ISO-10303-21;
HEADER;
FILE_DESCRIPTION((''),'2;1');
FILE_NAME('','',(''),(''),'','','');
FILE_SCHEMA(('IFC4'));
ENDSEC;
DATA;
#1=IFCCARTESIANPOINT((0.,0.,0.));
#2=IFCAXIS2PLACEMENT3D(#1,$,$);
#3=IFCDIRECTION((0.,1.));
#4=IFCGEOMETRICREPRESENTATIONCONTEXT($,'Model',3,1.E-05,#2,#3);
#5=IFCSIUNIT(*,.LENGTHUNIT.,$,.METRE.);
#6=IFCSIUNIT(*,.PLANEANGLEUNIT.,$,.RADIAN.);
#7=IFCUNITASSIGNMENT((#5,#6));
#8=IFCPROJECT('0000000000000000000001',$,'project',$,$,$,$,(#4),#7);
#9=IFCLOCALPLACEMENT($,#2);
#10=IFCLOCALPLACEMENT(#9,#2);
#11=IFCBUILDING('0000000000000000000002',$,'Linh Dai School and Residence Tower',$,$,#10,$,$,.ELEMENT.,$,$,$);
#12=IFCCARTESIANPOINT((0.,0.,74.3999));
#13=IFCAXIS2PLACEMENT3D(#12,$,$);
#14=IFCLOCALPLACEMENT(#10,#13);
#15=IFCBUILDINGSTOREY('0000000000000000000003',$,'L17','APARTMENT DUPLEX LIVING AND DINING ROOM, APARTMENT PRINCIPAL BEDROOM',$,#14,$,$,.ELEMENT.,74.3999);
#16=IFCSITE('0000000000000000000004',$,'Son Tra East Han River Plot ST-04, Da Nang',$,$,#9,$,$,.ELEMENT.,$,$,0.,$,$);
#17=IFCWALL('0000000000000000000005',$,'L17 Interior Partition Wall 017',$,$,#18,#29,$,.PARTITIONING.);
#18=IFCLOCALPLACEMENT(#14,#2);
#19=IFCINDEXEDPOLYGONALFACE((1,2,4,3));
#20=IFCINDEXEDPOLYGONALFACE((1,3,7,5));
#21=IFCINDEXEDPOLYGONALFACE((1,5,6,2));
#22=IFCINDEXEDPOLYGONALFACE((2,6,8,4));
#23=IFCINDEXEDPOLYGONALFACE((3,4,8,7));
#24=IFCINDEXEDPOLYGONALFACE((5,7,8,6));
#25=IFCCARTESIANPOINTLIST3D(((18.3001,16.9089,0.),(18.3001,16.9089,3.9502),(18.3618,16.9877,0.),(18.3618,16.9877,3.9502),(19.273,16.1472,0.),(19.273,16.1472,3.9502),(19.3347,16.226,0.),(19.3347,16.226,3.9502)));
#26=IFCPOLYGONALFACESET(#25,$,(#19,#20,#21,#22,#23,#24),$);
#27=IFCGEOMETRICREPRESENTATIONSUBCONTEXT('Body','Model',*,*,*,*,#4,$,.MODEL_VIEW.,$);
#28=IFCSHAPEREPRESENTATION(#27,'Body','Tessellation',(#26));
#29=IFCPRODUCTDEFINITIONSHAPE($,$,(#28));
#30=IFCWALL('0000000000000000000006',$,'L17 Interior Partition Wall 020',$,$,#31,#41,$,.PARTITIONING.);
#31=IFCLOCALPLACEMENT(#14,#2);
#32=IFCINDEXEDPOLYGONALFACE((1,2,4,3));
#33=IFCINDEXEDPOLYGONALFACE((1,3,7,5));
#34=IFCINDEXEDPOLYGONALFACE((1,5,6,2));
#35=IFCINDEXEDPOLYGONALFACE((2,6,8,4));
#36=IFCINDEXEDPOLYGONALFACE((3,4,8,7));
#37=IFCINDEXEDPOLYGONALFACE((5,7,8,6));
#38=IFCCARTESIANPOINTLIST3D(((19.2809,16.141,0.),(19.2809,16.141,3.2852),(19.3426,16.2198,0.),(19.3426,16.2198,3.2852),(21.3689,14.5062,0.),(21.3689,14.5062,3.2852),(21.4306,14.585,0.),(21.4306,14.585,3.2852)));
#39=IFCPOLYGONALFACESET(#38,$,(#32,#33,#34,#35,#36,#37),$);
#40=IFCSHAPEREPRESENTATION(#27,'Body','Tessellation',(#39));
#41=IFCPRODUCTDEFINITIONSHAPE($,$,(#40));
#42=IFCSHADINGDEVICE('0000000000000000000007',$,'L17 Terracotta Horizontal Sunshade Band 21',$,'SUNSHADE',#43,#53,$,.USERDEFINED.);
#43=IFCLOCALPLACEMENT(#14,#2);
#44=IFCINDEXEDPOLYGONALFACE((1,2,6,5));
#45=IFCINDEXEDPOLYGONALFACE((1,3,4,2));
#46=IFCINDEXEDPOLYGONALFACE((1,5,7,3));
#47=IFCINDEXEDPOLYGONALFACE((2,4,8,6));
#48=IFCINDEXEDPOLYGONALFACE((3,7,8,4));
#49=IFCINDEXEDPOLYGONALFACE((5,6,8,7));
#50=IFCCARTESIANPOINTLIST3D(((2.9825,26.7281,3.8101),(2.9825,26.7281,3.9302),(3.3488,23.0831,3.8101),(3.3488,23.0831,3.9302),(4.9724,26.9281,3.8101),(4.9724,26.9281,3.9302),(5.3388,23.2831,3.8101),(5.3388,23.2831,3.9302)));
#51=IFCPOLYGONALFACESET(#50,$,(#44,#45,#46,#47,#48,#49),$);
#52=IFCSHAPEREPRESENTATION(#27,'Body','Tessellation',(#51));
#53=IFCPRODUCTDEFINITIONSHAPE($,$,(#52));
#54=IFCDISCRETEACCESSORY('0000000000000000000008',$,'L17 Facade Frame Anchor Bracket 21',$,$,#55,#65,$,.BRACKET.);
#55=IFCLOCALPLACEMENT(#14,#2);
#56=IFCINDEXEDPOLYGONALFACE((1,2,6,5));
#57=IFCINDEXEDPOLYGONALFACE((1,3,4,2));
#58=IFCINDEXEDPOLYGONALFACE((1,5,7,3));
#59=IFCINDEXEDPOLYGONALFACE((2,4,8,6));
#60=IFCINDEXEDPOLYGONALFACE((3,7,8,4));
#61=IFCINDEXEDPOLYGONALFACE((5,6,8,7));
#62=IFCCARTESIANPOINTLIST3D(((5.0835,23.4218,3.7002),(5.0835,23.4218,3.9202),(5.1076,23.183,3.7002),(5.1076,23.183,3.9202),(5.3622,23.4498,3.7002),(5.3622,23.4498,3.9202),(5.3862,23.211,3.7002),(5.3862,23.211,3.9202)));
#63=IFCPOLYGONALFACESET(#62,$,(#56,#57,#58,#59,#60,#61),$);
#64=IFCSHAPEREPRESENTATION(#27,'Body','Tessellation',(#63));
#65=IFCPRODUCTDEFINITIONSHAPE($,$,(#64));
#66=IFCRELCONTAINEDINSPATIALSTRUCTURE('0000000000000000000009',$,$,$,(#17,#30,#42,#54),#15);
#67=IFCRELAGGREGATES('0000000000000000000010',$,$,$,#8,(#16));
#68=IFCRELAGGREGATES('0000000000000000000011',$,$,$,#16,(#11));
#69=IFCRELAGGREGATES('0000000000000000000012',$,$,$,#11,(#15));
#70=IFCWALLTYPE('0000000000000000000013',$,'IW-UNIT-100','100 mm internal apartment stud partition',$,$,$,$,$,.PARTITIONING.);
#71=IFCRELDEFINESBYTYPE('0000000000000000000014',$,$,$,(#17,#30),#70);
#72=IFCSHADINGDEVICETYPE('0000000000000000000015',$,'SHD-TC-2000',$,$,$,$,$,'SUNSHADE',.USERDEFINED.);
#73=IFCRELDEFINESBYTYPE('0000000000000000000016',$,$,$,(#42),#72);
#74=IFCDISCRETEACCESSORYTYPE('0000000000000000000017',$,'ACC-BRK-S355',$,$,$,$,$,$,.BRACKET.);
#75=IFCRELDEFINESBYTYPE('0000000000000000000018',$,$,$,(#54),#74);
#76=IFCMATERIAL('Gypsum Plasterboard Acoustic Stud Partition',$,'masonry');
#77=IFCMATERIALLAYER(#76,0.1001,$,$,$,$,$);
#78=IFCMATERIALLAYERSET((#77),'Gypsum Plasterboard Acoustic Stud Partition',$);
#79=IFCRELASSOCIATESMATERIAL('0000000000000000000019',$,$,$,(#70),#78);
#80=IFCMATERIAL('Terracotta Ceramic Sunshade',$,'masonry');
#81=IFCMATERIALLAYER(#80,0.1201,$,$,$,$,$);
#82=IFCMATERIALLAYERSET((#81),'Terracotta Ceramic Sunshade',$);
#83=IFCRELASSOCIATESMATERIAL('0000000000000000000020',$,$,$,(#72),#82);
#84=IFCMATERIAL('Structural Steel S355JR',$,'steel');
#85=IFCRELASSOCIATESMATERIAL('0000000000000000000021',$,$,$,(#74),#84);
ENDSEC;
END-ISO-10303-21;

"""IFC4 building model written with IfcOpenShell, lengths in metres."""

from ifc_helpers import new_model, si_unit, direction, frame, frame_2d, origin, origin_2d, place, context, subcontext, project, spatial, rectangle, extrude, source, transform, mapped, material, layer, layer_set, type_object, element, save


model = new_model("IFC4")

# Units and contexts
model_context = context("Model", 3, precision=1e-05, world=origin(), true_north=direction((0.0, 1.0)))
body_context = subcontext(model_context, "Body", "Model", "MODEL_VIEW")
ifc_project = project(units=[si_unit("LENGTHUNIT", "METRE"), si_unit("PLANEANGLEUNIT", "RADIAN")], contexts=[model_context])

# Site, building, storey
site_placement = place(None, origin())
site = spatial("IfcSite", under=ifc_project, at=site_placement, Name="Son Tra East Han River Plot ST-04, Da Nang", CompositionType="ELEMENT", RefElevation=0.0)
building_placement = place(site_placement, origin())
building = spatial("IfcBuilding", under=site, at=building_placement, Name="Linh Dai School and Residence Tower", CompositionType="ELEMENT")
storey_placement = place(building_placement, frame((0.0, 0.0, 74.3999)))
storey = spatial("IfcBuildingStorey", under=building, at=storey_placement, Name="L17", Description="APARTMENT DUPLEX LIVING AND DINING ROOM, APARTMENT PRINCIPAL BEDROOM", CompositionType="ELEMENT", Elevation=74.3999)

# Shared definitions
ifc_material_1 = material(Name="Structural Steel S355JR", Category="steel")

# Shared definitions
ifc_material_2 = material(Name="Gypsum Plasterboard Acoustic Stud Partition", Category="masonry")
ifc_layer_1 = layer(ifc_material_2, 0.1001)
ifc_layer_set_1 = layer_set([ifc_layer_1], Name="Gypsum Plasterboard Acoustic Stud Partition")
wall_type_1 = type_object("IfcWallType", Name="IW-UNIT-100", Description="100 mm internal apartment stud partition", PredefinedType="PARTITIONING", material=ifc_layer_set_1)

# Walls
wall_1_placement = place(storey_placement, frame((18.3311, 16.9482, 0.0), z_axis=(0.0, 0.0, 1.0), x_axis=(0.78738, -0.616468, 0.0)))
element("IfcWall", 1, at=wall_1_placement, inside=storey, type_object=wall_type_1, Name="L17 Interior Partition Wall 017", PredefinedType="PARTITIONING", context=body_context, shape_type="SweptSolid", body=[
    extrude(rectangle(XDim=1.2356, YDim=0.1001, at=frame_2d((0.6177, 0.0))), origin(), (0.0, 0.0, 1.0), 3.9502),
])
wall_2_placement = place(storey_placement, frame((19.3118, 16.1804, 0.0), z_axis=(0.0, 0.0, 1.0), x_axis=(0.787365, -0.616487, 0.0)))
element("IfcWall", 2, at=wall_2_placement, inside=storey, type_object=wall_type_1, Name="L17 Interior Partition Wall 020", PredefinedType="PARTITIONING", context=body_context, shape_type="SweptSolid", body=[
    extrude(rectangle(XDim=2.6519, YDim=0.1001, at=frame_2d((1.3259, 0.0))), origin(), (0.0, 0.0, 1.0), 3.2852),
])

# Shading device
ifc_material_3 = material(Name="Terracotta Ceramic Sunshade", Category="masonry")
ifc_layer_2 = layer(ifc_material_3, 0.1201)
ifc_layer_set_2 = layer_set([ifc_layer_2], Name="Terracotta Ceramic Sunshade")
shading_device_type = type_object("IfcShadingDeviceType", Name="SHD-TC-2000", ElementType="SUNSHADE", PredefinedType="USERDEFINED", material=ifc_layer_set_2)
shared_shape_1 = source(origin(), body_context, "Body", "SweptSolid", [
    extrude(rectangle(XDim=3.6633, YDim=2.0, at=origin_2d()), origin(), (0.0, 0.0, 1.0), 0.1201),
])
shading_device_placement = place(storey_placement, frame((4.1606, 25.0056, 3.8101), z_axis=(0.0, 0.0, 1.0), x_axis=(-0.100009, 0.994986, 0.0)))
element("IfcShadingDevice", 3, at=shading_device_placement, inside=storey, type_object=shading_device_type, Name="L17 Terracotta Horizontal Sunshade Band 21", ObjectType="SUNSHADE", PredefinedType="USERDEFINED", context=body_context, shape_type="MappedRepresentation", body=[
    mapped(shared_shape_1, transform((0.0, 0.0, 0.0), x_axis=(1.0, 0.0, 0.0), y_axis=(0.0, 1.0, 0.0), z_axis=(0.0, 0.0, 1.0), scale=1.0)),
])

# Discrete accessory
discrete_accessory_type = type_object("IfcDiscreteAccessoryType", Name="ACC-BRK-S355", PredefinedType="BRACKET", material=ifc_material_1)
shared_shape_2 = source(origin(), body_context, "Body", "SweptSolid", [
    extrude(rectangle(XDim=0.28, YDim=0.24, at=origin_2d()), origin(), (0.0, 0.0, 1.0), 0.22),
])
discrete_accessory_placement = place(storey_placement, frame((5.2349, 23.3164, 3.7002), z_axis=(0.0, 0.0, 1.0), x_axis=(-0.994986, -0.100009, 0.0)))
element("IfcDiscreteAccessory", 4, at=discrete_accessory_placement, inside=storey, type_object=discrete_accessory_type, Name="L17 Facade Frame Anchor Bracket 21", PredefinedType="BRACKET", context=body_context, shape_type="MappedRepresentation", body=[
    mapped(shared_shape_2, transform((0.0, 0.0, 0.0), x_axis=(1.0, 0.0, 0.0), y_axis=(0.0, 1.0, 0.0), z_axis=(0.0, 0.0, 1.0), scale=1.0)),
])

save(model, "model.ifc")
